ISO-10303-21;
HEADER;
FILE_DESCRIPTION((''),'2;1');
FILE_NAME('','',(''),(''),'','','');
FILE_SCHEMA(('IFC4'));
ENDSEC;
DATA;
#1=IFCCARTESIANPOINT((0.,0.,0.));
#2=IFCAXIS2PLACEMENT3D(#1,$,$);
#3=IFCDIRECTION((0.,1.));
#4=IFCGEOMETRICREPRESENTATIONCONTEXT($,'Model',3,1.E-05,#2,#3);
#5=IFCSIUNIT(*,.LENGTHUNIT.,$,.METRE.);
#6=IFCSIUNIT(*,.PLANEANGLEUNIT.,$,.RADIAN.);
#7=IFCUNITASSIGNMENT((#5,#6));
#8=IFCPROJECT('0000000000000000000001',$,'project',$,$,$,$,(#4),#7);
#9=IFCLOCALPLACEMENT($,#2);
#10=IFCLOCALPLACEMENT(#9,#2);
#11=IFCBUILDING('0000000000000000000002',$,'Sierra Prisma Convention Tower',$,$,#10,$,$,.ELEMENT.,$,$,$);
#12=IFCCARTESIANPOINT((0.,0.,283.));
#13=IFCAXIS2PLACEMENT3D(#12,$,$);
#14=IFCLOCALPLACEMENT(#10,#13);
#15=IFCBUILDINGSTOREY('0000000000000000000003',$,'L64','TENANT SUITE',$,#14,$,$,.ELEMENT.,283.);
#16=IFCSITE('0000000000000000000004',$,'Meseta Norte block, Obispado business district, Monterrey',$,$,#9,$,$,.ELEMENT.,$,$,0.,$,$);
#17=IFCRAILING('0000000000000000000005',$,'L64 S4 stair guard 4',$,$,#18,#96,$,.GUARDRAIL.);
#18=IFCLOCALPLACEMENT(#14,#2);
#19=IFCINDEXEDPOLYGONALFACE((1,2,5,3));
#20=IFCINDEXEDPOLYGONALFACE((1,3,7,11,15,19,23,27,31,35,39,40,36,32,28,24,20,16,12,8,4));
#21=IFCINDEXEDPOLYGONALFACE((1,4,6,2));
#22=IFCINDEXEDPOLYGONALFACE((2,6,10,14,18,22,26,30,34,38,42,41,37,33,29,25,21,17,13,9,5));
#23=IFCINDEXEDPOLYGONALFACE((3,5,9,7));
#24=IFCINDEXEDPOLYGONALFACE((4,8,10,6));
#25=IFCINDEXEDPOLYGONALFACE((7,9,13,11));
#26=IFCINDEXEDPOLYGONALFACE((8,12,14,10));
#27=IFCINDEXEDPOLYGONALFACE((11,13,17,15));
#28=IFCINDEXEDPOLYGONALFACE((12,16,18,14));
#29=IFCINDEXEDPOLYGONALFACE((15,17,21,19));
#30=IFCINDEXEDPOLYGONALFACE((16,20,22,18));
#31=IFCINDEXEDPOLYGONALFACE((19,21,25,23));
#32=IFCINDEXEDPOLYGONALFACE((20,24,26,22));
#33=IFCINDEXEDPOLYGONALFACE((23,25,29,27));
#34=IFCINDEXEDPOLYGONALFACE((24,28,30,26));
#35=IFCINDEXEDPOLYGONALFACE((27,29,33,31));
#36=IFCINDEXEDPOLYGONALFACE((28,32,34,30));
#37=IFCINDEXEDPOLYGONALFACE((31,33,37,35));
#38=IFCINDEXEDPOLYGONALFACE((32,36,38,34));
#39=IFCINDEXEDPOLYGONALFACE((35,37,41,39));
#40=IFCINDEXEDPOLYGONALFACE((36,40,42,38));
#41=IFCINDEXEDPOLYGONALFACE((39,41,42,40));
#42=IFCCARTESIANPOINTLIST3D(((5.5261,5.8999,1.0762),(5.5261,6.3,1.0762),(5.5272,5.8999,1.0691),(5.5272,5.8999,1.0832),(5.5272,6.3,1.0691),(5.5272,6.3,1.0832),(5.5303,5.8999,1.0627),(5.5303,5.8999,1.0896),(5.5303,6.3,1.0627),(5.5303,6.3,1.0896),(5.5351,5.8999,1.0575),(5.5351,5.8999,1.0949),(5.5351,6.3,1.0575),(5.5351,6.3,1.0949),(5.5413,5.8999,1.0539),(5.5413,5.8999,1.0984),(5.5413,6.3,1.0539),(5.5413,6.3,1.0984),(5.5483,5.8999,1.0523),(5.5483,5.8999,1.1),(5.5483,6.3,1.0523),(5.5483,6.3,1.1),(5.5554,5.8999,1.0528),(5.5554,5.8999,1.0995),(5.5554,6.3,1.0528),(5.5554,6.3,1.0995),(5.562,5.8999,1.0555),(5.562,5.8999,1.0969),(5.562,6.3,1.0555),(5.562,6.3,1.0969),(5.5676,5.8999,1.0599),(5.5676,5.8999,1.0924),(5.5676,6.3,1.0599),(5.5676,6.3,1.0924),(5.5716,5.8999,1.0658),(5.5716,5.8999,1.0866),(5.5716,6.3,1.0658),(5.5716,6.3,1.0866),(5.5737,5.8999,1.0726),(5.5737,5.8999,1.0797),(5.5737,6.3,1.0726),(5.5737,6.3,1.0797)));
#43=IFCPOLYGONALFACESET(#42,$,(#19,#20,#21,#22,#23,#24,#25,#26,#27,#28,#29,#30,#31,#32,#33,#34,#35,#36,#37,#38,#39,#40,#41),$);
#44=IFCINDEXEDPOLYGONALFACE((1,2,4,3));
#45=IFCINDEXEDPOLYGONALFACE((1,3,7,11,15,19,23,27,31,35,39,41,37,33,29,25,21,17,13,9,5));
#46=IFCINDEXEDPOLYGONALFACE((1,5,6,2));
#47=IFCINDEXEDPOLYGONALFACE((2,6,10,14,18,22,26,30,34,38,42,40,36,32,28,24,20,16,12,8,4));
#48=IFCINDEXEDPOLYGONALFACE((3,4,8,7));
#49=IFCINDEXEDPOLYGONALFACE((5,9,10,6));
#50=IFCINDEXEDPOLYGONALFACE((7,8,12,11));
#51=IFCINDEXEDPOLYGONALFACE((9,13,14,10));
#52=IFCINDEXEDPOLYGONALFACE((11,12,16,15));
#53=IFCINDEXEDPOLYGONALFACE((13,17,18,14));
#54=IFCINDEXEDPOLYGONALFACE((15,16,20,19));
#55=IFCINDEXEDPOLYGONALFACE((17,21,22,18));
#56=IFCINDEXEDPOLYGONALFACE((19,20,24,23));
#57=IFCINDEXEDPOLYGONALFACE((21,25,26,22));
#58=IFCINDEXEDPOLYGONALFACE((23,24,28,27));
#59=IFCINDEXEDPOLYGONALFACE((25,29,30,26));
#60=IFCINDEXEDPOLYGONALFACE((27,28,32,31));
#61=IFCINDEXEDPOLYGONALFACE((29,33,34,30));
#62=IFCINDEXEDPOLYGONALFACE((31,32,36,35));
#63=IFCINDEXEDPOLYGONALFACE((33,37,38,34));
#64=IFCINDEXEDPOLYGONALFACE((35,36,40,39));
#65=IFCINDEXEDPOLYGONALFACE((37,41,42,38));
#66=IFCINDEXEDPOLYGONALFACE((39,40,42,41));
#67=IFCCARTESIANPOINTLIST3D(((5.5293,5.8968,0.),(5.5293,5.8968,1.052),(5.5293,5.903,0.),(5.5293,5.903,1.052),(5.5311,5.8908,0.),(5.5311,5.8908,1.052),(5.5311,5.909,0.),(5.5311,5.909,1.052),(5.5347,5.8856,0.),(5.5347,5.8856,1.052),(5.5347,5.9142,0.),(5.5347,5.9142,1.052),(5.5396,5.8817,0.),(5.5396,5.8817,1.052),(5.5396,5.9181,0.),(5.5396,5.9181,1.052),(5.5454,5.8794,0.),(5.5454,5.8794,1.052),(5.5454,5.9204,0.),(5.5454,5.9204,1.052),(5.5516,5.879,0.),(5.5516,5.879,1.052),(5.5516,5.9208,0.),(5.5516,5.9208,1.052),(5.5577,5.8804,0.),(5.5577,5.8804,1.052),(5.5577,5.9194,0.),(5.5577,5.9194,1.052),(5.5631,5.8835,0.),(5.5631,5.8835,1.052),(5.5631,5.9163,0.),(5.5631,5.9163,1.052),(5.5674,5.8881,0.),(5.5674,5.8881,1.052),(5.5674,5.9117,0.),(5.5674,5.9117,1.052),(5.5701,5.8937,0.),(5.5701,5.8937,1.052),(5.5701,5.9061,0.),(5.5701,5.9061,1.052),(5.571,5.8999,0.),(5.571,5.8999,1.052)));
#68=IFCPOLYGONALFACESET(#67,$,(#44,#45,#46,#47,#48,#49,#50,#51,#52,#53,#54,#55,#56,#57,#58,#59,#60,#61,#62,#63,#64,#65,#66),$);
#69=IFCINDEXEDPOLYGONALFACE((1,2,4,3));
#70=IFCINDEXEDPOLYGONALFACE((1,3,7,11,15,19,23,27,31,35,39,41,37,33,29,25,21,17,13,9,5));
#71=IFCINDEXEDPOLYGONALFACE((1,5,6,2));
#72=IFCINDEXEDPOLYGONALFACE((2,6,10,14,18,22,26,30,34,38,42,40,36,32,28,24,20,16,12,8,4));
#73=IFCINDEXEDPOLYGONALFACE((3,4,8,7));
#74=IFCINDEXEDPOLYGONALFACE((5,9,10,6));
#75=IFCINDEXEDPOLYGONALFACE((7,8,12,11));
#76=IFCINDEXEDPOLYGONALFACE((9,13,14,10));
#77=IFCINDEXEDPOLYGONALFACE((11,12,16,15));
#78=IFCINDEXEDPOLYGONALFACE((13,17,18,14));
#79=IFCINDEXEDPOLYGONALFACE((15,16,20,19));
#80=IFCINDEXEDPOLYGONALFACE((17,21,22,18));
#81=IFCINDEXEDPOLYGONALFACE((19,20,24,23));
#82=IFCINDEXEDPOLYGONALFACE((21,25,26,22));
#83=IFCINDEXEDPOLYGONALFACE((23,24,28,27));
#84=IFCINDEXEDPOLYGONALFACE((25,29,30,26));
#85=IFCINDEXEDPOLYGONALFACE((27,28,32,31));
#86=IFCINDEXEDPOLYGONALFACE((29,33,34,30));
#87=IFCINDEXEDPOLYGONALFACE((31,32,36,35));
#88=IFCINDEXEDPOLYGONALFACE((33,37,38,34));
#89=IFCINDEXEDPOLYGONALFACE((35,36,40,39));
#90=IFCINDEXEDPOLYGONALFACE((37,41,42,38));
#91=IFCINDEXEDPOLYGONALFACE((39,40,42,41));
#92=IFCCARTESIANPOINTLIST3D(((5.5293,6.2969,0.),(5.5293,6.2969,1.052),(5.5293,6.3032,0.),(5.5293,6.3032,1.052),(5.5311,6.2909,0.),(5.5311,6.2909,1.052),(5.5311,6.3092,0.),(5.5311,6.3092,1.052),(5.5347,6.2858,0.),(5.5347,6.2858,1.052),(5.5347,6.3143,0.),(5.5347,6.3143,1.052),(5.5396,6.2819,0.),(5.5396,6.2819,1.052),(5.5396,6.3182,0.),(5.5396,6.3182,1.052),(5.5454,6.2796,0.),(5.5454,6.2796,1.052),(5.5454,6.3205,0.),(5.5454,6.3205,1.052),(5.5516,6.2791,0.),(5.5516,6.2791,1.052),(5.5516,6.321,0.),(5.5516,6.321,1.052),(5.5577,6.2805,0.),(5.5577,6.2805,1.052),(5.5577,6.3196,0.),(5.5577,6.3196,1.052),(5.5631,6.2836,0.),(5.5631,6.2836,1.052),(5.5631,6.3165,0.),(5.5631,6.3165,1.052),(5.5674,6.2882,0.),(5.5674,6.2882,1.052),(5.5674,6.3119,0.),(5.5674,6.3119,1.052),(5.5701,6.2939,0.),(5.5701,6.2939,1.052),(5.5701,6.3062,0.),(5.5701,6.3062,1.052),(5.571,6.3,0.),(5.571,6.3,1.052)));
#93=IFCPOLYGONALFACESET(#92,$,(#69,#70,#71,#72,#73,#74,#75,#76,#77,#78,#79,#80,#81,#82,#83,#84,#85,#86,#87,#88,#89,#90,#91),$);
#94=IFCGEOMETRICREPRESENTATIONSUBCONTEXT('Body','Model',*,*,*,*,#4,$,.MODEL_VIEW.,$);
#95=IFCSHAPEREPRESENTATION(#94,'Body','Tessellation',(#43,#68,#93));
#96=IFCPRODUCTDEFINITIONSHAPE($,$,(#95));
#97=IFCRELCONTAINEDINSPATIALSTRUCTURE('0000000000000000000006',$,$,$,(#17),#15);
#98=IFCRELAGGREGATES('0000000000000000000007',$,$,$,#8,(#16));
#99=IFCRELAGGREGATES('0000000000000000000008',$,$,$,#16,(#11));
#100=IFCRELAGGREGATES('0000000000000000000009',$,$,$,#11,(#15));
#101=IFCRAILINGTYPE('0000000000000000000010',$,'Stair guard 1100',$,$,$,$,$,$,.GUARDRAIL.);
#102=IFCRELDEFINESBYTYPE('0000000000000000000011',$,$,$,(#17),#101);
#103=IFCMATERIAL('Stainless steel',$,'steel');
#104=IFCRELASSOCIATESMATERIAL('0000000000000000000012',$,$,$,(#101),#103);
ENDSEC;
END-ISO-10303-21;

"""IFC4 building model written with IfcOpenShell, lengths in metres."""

from ifc_helpers import new_model, si_unit, direction, frame, origin, origin_2d, place, context, subcontext, project, spatial, circle, extrude, material, type_object, element, save


model = new_model("IFC4")

# Units and contexts
model_context = context("Model", 3, precision=1e-05, world=origin(), true_north=direction((0.0, 1.0)))
body_context = subcontext(model_context, "Body", "Model", "MODEL_VIEW")
ifc_project = project(units=[si_unit("LENGTHUNIT", "METRE"), si_unit("PLANEANGLEUNIT", "RADIAN")], contexts=[model_context])

# Site, building, storey
site_placement = place(None, origin())
site = spatial("IfcSite", under=ifc_project, at=site_placement, Name="Meseta Norte block, Obispado business district, Monterrey", CompositionType="ELEMENT", RefElevation=0.0)
building_placement = place(site_placement, origin())
building = spatial("IfcBuilding", under=site, at=building_placement, Name="Sierra Prisma Convention Tower", CompositionType="ELEMENT")
storey_placement = place(building_placement, frame((0.0, 0.0, 283.0)))
storey = spatial("IfcBuildingStorey", under=building, at=storey_placement, Name="L64", Description="TENANT SUITE", CompositionType="ELEMENT", Elevation=283.0)

# Railing
ifc_material_1 = material(Name="Stainless steel", Category="steel")
railing_type_1 = type_object("IfcRailingType", Name="Stair guard 1100", PredefinedType="GUARDRAIL", material=ifc_material_1)
railing_1_placement = place(storey_placement, frame((5.55, 5.8999, 0.0)))
element("IfcRailing", 1, at=railing_1_placement, inside=storey, type_object=railing_type_1, Name="L64 S4 stair guard 4", PredefinedType="GUARDRAIL", context=body_context, shape_type="SweptSolid", body=[
    extrude(circle(Radius=0.0239, at=origin_2d()), frame((0.0, 0.0, 1.0762), z_axis=(0.0, 1.0, 0.0), x_axis=(-1.0, 0.0, 0.0)), (0.0, 0.0, 1.0), 0.4001),
    extrude(circle(Radius=0.021, at=origin_2d()), origin(), (0.0, 0.0, 1.0), 1.052),
    extrude(circle(Radius=0.021, at=origin_2d()), frame((0.0, 0.4001, 0.0)), (0.0, 0.0, 1.0), 1.052),
])

save(model, "model.ifc")
